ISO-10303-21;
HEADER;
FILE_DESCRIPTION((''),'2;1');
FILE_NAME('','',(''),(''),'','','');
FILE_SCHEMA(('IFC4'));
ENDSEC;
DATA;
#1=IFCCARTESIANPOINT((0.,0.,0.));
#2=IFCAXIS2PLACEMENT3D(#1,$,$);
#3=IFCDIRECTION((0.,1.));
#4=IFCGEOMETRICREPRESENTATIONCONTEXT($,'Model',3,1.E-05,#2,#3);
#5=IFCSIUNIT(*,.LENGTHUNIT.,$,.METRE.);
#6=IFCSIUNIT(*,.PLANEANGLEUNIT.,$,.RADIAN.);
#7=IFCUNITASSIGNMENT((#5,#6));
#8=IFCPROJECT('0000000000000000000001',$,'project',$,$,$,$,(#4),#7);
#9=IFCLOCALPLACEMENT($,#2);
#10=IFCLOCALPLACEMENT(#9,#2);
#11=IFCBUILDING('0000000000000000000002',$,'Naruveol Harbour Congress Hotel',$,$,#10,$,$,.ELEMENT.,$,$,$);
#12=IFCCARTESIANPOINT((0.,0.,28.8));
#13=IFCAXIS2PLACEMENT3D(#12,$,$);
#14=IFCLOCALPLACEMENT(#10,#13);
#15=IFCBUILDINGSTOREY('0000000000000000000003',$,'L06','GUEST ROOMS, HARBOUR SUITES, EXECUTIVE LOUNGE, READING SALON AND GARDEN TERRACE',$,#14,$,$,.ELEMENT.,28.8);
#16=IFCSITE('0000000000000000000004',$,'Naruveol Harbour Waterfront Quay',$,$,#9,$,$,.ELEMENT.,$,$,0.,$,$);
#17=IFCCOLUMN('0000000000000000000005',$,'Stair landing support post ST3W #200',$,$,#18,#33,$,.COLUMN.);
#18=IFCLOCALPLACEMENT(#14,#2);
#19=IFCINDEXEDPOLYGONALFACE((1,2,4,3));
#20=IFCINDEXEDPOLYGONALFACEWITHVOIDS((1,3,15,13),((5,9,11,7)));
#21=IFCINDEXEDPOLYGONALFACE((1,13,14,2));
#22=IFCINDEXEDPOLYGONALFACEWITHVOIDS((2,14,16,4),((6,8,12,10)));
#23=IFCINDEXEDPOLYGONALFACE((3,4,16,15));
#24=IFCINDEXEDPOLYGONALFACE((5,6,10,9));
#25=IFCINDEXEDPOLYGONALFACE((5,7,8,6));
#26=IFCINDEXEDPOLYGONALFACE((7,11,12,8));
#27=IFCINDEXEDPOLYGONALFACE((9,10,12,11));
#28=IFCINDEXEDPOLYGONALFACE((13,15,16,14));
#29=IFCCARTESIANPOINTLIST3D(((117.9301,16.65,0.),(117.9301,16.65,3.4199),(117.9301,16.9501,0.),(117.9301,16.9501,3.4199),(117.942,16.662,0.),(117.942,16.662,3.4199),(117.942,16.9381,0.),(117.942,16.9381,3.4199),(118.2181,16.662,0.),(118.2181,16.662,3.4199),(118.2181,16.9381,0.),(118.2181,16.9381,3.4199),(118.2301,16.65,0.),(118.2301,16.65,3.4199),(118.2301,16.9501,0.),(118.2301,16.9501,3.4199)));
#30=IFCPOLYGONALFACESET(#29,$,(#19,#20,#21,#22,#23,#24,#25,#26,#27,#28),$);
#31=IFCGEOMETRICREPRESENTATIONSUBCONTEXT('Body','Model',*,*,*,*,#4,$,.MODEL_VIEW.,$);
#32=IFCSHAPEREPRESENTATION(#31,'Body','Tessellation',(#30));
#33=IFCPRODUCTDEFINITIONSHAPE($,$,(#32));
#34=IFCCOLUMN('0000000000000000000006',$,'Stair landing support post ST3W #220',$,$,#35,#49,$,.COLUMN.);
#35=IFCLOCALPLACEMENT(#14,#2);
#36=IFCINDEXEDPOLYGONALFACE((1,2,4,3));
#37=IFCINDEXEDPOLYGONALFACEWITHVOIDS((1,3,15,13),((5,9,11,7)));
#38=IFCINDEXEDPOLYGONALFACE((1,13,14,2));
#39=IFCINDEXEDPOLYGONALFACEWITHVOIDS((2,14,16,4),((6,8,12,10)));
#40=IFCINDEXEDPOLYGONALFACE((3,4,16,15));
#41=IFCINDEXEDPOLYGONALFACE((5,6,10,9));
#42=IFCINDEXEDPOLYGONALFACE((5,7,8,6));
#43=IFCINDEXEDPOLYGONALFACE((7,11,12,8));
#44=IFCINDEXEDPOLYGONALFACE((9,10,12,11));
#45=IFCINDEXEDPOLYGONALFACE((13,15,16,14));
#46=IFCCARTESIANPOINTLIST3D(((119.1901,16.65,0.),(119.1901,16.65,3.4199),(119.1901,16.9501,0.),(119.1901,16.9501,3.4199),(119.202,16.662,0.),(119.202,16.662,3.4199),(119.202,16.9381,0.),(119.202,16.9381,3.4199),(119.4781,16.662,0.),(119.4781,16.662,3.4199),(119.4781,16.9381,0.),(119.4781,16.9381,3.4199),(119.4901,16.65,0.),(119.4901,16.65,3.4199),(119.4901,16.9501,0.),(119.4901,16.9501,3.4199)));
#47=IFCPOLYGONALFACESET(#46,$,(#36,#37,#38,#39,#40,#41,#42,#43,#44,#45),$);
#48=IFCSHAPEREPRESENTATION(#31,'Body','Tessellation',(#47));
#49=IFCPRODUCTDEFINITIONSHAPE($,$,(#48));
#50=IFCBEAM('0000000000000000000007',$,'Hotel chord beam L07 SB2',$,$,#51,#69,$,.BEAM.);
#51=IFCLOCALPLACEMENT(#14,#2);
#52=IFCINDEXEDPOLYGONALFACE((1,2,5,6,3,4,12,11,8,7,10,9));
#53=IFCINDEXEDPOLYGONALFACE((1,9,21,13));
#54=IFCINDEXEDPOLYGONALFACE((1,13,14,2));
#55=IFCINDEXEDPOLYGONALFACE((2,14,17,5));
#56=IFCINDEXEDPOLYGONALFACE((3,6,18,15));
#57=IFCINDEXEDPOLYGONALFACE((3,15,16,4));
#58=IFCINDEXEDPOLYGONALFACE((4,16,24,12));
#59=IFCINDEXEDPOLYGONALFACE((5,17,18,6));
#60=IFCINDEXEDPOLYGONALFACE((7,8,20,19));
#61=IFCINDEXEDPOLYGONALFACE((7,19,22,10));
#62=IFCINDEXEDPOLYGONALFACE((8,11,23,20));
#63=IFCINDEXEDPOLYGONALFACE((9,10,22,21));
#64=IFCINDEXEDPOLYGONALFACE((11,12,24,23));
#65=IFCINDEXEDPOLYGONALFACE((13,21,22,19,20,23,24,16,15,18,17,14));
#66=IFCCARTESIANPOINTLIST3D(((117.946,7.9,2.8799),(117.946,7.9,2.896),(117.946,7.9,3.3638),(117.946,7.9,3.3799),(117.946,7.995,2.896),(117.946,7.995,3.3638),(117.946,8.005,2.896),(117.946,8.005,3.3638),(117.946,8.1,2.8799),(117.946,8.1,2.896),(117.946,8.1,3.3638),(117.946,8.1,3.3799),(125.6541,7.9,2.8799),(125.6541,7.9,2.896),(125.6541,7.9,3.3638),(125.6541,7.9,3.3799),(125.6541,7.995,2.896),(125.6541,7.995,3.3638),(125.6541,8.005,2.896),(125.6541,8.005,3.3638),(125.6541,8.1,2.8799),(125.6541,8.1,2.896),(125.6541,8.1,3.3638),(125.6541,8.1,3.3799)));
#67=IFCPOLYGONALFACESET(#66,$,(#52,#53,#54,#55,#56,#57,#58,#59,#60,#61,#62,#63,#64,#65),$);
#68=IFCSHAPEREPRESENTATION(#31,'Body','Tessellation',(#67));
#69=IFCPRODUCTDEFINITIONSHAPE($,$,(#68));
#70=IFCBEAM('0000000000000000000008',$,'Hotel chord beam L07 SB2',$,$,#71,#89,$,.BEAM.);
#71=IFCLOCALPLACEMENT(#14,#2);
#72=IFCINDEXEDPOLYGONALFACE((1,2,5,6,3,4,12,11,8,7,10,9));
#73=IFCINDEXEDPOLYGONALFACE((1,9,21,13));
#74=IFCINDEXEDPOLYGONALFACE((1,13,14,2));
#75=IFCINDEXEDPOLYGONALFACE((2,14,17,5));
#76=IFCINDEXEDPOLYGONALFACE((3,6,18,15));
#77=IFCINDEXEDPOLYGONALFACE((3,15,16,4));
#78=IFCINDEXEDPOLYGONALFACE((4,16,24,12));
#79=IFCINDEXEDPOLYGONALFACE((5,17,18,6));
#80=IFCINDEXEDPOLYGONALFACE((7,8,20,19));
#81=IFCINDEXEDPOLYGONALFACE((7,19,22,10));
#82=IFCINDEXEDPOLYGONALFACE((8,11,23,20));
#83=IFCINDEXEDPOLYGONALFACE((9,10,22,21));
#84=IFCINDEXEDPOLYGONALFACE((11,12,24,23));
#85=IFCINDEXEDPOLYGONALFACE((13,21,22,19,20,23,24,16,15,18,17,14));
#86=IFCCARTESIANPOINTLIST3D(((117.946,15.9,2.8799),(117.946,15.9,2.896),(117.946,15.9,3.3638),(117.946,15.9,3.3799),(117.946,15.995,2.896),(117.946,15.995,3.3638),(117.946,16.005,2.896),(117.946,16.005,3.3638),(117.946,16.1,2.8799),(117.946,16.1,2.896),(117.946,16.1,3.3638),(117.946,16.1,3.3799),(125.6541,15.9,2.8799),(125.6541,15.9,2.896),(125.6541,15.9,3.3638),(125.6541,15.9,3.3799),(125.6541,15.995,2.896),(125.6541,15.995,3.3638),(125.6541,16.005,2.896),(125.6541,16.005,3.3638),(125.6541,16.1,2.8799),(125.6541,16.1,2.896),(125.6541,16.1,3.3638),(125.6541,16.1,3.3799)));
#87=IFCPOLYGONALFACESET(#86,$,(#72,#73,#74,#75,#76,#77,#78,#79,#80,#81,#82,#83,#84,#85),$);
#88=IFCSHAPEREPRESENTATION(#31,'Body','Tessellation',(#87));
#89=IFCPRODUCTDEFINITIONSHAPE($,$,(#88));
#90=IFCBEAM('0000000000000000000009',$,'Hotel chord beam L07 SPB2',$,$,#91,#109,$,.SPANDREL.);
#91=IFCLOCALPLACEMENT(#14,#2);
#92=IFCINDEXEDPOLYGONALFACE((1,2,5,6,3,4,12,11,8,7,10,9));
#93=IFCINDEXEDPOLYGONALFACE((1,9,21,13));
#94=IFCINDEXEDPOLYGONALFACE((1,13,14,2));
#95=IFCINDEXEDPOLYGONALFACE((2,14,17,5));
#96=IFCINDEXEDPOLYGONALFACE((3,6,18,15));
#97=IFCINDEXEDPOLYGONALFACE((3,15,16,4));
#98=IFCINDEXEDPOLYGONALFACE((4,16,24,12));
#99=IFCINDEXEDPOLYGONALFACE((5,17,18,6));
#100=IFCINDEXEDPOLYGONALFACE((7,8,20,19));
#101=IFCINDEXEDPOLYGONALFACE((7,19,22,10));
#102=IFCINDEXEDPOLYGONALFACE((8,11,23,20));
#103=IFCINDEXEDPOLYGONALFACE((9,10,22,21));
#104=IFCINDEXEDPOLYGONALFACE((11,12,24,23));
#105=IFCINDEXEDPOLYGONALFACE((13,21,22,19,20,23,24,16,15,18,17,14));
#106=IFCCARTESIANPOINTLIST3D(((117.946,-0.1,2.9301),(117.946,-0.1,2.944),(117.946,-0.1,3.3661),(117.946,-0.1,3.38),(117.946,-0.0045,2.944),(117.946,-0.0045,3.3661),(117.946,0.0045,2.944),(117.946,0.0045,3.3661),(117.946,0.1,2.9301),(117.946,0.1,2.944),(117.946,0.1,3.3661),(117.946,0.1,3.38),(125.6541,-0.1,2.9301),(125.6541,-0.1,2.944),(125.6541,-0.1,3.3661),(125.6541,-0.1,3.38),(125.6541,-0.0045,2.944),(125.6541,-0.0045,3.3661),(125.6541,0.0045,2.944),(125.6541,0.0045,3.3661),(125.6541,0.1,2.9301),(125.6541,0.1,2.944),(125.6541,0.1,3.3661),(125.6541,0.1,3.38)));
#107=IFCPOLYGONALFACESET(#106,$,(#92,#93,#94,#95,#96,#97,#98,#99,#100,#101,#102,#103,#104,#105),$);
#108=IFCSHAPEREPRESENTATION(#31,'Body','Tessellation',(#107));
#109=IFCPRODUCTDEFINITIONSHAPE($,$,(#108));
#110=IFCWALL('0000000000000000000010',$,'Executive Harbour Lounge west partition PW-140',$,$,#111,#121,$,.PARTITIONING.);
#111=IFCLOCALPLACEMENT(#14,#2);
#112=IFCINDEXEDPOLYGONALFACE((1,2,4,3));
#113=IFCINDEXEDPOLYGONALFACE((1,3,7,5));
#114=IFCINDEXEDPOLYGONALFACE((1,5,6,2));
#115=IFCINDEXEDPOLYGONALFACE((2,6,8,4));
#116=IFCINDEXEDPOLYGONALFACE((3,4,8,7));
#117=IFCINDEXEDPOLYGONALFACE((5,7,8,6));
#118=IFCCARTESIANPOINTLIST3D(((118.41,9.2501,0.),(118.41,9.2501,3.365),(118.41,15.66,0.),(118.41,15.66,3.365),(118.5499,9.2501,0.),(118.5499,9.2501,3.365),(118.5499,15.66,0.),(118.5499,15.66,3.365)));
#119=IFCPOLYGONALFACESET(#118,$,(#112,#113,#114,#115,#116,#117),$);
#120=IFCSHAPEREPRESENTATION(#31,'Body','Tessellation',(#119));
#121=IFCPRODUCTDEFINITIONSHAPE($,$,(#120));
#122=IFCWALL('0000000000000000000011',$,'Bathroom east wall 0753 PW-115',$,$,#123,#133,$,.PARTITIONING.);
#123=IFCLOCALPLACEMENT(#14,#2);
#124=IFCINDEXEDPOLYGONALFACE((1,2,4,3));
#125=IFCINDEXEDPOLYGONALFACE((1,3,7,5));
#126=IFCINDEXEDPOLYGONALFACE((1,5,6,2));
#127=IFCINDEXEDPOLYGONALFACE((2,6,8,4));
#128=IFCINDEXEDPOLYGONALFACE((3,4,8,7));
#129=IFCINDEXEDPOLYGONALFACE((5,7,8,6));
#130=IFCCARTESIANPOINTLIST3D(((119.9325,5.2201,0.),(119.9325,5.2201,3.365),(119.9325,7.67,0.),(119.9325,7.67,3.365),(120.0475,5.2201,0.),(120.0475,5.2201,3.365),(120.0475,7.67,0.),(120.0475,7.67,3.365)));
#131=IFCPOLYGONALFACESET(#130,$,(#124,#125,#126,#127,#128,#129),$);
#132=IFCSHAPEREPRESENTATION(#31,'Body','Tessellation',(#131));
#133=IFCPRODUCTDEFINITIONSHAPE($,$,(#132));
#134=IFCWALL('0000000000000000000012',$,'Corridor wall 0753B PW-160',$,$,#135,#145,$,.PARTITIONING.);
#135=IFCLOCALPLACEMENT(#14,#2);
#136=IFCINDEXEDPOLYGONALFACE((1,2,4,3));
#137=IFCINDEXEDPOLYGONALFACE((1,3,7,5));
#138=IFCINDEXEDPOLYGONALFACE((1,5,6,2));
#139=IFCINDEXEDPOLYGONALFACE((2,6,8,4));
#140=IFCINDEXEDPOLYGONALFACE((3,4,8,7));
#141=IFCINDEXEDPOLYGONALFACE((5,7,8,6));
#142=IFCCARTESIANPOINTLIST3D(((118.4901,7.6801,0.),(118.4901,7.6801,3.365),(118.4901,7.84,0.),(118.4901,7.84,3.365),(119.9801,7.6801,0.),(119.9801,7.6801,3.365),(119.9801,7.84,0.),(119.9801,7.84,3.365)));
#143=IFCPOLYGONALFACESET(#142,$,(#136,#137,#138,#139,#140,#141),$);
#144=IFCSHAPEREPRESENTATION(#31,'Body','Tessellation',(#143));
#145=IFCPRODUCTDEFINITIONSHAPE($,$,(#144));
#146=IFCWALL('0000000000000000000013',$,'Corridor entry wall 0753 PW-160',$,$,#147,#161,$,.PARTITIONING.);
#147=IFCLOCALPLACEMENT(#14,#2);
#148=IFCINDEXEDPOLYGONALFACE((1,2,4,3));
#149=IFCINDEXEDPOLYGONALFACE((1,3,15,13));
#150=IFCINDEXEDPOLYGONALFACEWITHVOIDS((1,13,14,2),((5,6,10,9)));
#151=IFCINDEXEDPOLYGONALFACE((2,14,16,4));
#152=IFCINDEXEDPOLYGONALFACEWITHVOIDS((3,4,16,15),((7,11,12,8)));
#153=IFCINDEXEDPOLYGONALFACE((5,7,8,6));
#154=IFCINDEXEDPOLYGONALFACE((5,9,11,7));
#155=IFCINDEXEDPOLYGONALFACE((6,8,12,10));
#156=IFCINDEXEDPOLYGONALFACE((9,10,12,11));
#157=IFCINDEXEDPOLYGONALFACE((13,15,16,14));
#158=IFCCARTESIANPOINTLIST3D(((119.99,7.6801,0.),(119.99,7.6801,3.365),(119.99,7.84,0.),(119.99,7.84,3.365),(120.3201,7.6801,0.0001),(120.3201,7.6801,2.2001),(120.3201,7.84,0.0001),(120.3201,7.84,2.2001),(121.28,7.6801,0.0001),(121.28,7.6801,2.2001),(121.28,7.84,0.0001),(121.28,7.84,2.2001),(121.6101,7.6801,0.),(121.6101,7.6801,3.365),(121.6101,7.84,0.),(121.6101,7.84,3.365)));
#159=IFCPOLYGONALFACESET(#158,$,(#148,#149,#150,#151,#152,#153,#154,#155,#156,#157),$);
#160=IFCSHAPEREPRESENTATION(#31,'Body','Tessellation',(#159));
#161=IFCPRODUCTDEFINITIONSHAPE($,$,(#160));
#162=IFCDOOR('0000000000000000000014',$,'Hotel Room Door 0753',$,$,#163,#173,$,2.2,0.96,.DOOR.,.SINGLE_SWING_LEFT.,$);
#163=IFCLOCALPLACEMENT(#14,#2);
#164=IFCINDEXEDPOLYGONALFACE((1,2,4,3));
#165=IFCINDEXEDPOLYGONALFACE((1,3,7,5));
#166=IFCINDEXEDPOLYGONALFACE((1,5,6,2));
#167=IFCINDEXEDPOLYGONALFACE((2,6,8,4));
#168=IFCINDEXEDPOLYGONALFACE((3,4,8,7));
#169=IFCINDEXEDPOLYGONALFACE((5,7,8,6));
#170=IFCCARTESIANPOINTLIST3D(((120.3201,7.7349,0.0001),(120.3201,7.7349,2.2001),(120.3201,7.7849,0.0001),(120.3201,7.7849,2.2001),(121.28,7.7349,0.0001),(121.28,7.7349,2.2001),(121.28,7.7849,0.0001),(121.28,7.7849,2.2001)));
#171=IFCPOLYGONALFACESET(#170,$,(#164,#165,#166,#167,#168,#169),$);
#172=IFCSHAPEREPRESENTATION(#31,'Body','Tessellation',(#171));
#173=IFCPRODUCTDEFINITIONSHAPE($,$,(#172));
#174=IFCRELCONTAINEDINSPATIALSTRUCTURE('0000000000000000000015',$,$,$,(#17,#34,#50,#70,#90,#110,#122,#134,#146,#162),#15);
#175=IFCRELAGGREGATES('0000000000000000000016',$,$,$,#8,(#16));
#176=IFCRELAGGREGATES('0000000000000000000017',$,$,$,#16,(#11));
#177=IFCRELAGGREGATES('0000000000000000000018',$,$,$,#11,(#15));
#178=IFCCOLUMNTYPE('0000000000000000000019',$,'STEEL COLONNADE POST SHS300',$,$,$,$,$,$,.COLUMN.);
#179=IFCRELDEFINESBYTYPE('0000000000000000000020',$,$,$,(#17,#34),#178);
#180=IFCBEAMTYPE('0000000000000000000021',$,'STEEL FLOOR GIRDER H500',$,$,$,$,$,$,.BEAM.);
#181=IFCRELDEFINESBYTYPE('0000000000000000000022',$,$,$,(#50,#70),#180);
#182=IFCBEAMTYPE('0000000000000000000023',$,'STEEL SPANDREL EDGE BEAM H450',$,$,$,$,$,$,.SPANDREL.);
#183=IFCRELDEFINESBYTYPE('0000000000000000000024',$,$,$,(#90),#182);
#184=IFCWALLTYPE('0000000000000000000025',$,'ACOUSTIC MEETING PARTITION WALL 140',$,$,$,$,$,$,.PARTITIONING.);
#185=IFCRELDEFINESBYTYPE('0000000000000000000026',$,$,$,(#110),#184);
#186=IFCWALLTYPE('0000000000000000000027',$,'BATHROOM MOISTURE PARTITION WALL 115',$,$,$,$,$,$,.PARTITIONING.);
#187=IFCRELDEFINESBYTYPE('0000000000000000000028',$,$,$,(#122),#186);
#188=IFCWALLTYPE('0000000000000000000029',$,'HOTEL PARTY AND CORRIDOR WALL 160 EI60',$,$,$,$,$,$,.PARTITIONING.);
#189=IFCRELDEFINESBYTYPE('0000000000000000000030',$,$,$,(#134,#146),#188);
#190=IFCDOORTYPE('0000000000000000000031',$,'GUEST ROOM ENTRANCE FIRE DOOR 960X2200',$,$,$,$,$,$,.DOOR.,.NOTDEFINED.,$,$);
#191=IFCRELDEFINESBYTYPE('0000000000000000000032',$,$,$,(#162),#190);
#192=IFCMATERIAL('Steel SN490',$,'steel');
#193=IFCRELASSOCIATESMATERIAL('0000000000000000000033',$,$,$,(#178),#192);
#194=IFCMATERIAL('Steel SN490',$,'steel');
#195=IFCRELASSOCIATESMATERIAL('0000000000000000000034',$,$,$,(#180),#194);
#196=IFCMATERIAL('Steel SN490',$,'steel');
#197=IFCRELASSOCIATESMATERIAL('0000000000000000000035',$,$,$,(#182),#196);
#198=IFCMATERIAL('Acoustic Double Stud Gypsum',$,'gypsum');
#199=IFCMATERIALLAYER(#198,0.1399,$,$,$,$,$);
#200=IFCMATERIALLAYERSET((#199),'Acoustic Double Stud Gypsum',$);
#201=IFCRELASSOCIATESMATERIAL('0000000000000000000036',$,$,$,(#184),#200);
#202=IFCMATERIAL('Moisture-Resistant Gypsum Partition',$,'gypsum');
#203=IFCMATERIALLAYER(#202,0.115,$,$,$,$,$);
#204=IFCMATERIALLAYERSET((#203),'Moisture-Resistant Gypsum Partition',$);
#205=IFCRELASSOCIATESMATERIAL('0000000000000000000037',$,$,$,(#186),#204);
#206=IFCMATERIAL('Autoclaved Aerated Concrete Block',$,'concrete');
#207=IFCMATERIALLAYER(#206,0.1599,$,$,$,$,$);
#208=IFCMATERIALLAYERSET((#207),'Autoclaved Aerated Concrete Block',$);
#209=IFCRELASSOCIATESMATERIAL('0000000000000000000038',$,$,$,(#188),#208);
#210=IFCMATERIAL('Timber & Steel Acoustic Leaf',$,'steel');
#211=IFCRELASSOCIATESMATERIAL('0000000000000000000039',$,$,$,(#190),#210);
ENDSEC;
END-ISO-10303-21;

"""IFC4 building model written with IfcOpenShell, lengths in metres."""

from ifc_helpers import new_model, si_unit, direction, frame, frame_2d, origin, origin_2d, place, context, subcontext, project, spatial, rectangle, hollow_rectangle, i_section, extrude, material, layer, layer_set, material_profile, profile_set, type_object, element, fill, save


model = new_model("IFC4")

# Units and contexts
model_context = context("Model", 3, precision=1e-05, world=origin(), true_north=direction((0.0, 1.0)))
body_context = subcontext(model_context, "Body", "Model", "MODEL_VIEW")
ifc_project = project(units=[si_unit("LENGTHUNIT", "METRE"), si_unit("PLANEANGLEUNIT", "RADIAN")], contexts=[model_context])

# Site, building, storey
site_placement = place(None, origin())
site = spatial("IfcSite", under=ifc_project, at=site_placement, Name="Naruveol Harbour Waterfront Quay", CompositionType="ELEMENT", RefElevation=0.0)
building_placement = place(site_placement, origin())
building = spatial("IfcBuilding", under=site, at=building_placement, Name="Naruveol Harbour Congress Hotel", CompositionType="ELEMENT")
storey_placement = place(building_placement, frame((0.0, 0.0, 28.8)))
storey = spatial("IfcBuildingStorey", under=building, at=storey_placement, Name="L06", Description="GUEST ROOMS, HARBOUR SUITES, EXECUTIVE LOUNGE, READING SALON AND GARDEN TERRACE", CompositionType="ELEMENT", Elevation=28.8)

# Columns
ifc_material_1 = material(Name="Steel SN490", Category="steel")
ifc_material_profile_1 = material_profile(ifc_material_1, hollow_rectangle(XDim=0.3, YDim=0.3, WallThickness=0.012, at=origin_2d()), Name="SHS-300x300x12")
ifc_profile_set_1 = profile_set([ifc_material_profile_1], Name="Steel SN490")
column_type = type_object("IfcColumnType", Name="STEEL COLONNADE POST SHS300", PredefinedType="COLUMN", material=ifc_profile_set_1)
for number, where, z_axis, x_axis, name in (
    (1, (118.0801, 16.8, 0.0), (0.0, 0.0, 1.0), (1.0, 0.0, 0.0), "Stair landing support post ST3W #200"),
    (2, (119.3401, 16.8, 0.0), (0.0, 0.0, 1.0), (1.0, 0.0, 0.0), "Stair landing support post ST3W #220"),
):
    element("IfcColumn", number, at=place(storey_placement, frame(where, z_axis=z_axis, x_axis=x_axis)), inside=storey, type_object=column_type, Name=name, PredefinedType="COLUMN", context=body_context, shape_type="SweptSolid", body=[
        extrude(hollow_rectangle(XDim=0.3, YDim=0.3, WallThickness=0.012, at=origin_2d()), origin(), (0.0, 0.0, 1.0), 3.4199),
    ])

# Beams
ifc_material_2 = material(Name="Steel SN490", Category="steel")
ifc_material_profile_2 = material_profile(ifc_material_2, i_section(OverallWidth=0.2, OverallDepth=0.5, WebThickness=0.01, FlangeThickness=0.0161, at=origin_2d()), Name="H-500x200x10x16")
ifc_profile_set_2 = profile_set([ifc_material_profile_2], Name="Steel SN490")
beam_type_1 = type_object("IfcBeamType", Name="STEEL FLOOR GIRDER H500", PredefinedType="BEAM", material=ifc_profile_set_2)
for number, where, z_axis, x_axis, name in (
    (3, (117.946, 8.0, 3.1299), (1.0, 0.0, 0.0), (0.0, 1.0, 0.0), "Hotel chord beam L07 SB2"),
    (4, (117.946, 16.0, 3.1299), (1.0, 0.0, 0.0), (0.0, 1.0, 0.0), "Hotel chord beam L07 SB2"),
):
    element("IfcBeam", number, at=place(storey_placement, frame(where, z_axis=z_axis, x_axis=x_axis)), inside=storey, type_object=beam_type_1, Name=name, PredefinedType="BEAM", context=body_context, shape_type="SweptSolid", body=[
        extrude(i_section(OverallWidth=0.2, OverallDepth=0.5, WebThickness=0.01, FlangeThickness=0.0161, at=origin_2d()), origin(), (0.0, 0.0, 1.0), 7.708),
    ])
ifc_material_3 = material(Name="Steel SN490", Category="steel")
ifc_material_profile_3 = material_profile(ifc_material_3, i_section(OverallWidth=0.2, OverallDepth=0.45, WebThickness=0.009, FlangeThickness=0.0139, at=origin_2d()), Name="H-450x200x9x14")
ifc_profile_set_3 = profile_set([ifc_material_profile_3], Name="Steel SN490")
beam_type_2 = type_object("IfcBeamType", Name="STEEL SPANDREL EDGE BEAM H450", PredefinedType="SPANDREL", material=ifc_profile_set_3)
beam_placement = place(storey_placement, frame((117.946, 0.0, 3.155), z_axis=(1.0, 0.0, 0.0), x_axis=(0.0, 1.0, 0.0)))
element("IfcBeam", 5, at=beam_placement, inside=storey, type_object=beam_type_2, Name="Hotel chord beam L07 SPB2", PredefinedType="SPANDREL", context=body_context, shape_type="SweptSolid", body=[
    extrude(i_section(OverallWidth=0.2, OverallDepth=0.45, WebThickness=0.009, FlangeThickness=0.0139, at=origin_2d()), origin(), (0.0, 0.0, 1.0), 7.708),
])

# Shared definitions
ifc_material_4 = material(Name="Acoustic Double Stud Gypsum", Category="gypsum")
ifc_layer_1 = layer(ifc_material_4, 0.1399)
ifc_layer_set_1 = layer_set([ifc_layer_1], Name="Acoustic Double Stud Gypsum")
wall_type_1 = type_object("IfcWallType", Name="ACOUSTIC MEETING PARTITION WALL 140", PredefinedType="PARTITIONING", material=ifc_layer_set_1)

# Walls
wall_1_placement = place(storey_placement, frame((118.48, 9.25, 0.0), z_axis=(0.0, 0.0, 1.0), x_axis=(0.0, 1.0, 0.0)))
element("IfcWall", 6, at=wall_1_placement, inside=storey, type_object=wall_type_1, Name="Executive Harbour Lounge west partition PW-140", PredefinedType="PARTITIONING", context=body_context, shape_type="SweptSolid", body=[
    extrude(rectangle(XDim=6.4099, YDim=0.1399, at=frame_2d((3.2051, 0.0))), origin(), (0.0, 0.0, 1.0), 3.365),
])
ifc_material_5 = material(Name="Moisture-Resistant Gypsum Partition", Category="gypsum")
ifc_layer_2 = layer(ifc_material_5, 0.115)
ifc_layer_set_2 = layer_set([ifc_layer_2], Name="Moisture-Resistant Gypsum Partition")
wall_type_2 = type_object("IfcWallType", Name="BATHROOM MOISTURE PARTITION WALL 115", PredefinedType="PARTITIONING", material=ifc_layer_set_2)
wall_2_placement = place(storey_placement, frame((119.99, 5.22, 0.0), z_axis=(0.0, 0.0, 1.0), x_axis=(0.0, 1.0, 0.0)))
element("IfcWall", 7, at=wall_2_placement, inside=storey, type_object=wall_type_2, Name="Bathroom east wall 0753 PW-115", PredefinedType="PARTITIONING", context=body_context, shape_type="SweptSolid", body=[
    extrude(rectangle(XDim=2.45, YDim=0.115, at=frame_2d((1.2251, 0.0))), origin(), (0.0, 0.0, 1.0), 3.365),
])

# Wall
ifc_material_6 = material(Name="Autoclaved Aerated Concrete Block", Category="concrete")
ifc_layer_3 = layer(ifc_material_6, 0.1599)
ifc_layer_set_3 = layer_set([ifc_layer_3], Name="Autoclaved Aerated Concrete Block")
wall_type_3 = type_object("IfcWallType", Name="HOTEL PARTY AND CORRIDOR WALL 160 EI60", PredefinedType="PARTITIONING", material=ifc_layer_set_3)
wall_3_placement = place(storey_placement, frame((118.49, 7.76, 0.0), z_axis=(0.0, 0.0, 1.0), x_axis=(1.0, 0.0, 0.0)))
element("IfcWall", 8, at=wall_3_placement, inside=storey, type_object=wall_type_3, Name="Corridor wall 0753B PW-160", PredefinedType="PARTITIONING", context=body_context, shape_type="SweptSolid", body=[
    extrude(rectangle(XDim=1.49, YDim=0.1599, at=frame_2d((0.7451, 0.0))), origin(), (0.0, 0.0, 1.0), 3.365),
])

# Wall, opening, door
wall_4_placement = place(storey_placement, frame((119.99, 7.76, 0.0), z_axis=(0.0, 0.0, 1.0), x_axis=(1.0, 0.0, 0.0)))
wall_4 = element("IfcWall", 9, at=wall_4_placement, inside=storey, type_object=wall_type_3, Name="Corridor entry wall 0753 PW-160", PredefinedType="PARTITIONING", context=body_context, shape_type="SweptSolid", body=[
    extrude(rectangle(XDim=1.6201, YDim=0.1599, at=frame_2d((0.8101, 0.0))), origin(), (0.0, 0.0, 1.0), 3.365),
])
opening_1_placement = place(wall_4_placement, frame((0.3301, 0.0, 0.0)))
opening_1 = element("IfcOpeningElement", 10, at=opening_1_placement, cuts=wall_4, PredefinedType="OPENING", context=body_context, shape_type="SweptSolid", body=[
    extrude(rectangle(XDim=0.96, YDim=2.2, at=frame_2d((0.48, 1.1001))), frame((0.0, 0.0898, 0.0), z_axis=(0.0, -1.0, 0.0), x_axis=(1.0, 0.0, 0.0)), (0.0, 0.0, 1.0), 0.1799),
])
ifc_material_7 = material(Name="Timber & Steel Acoustic Leaf", Category="steel")
door_type_1 = type_object("IfcDoorType", Name="GUEST ROOM ENTRANCE FIRE DOOR 960X2200", OperationType="NOTDEFINED", PredefinedType="DOOR", material=ifc_material_7)
door_1_placement = place(opening_1_placement, origin())
door_1 = element("IfcDoor", 11, at=door_1_placement, inside=storey, type_object=door_type_1, Name="Hotel Room Door 0753", OperationType="SINGLE_SWING_LEFT", OverallHeight=2.2, OverallWidth=0.96, PredefinedType="DOOR", context=body_context, shape_type="SweptSolid", body=[
    extrude(rectangle(XDim=0.96, YDim=2.2, at=frame_2d((0.48, 1.1001))), frame((0.0, 0.0249, 0.0), z_axis=(0.0, -1.0, 0.0), x_axis=(1.0, 0.0, 0.0)), (0.0, 0.0, 1.0), 0.05),
])
fill(opening_1, door_1)

save(model, "model.ifc")
